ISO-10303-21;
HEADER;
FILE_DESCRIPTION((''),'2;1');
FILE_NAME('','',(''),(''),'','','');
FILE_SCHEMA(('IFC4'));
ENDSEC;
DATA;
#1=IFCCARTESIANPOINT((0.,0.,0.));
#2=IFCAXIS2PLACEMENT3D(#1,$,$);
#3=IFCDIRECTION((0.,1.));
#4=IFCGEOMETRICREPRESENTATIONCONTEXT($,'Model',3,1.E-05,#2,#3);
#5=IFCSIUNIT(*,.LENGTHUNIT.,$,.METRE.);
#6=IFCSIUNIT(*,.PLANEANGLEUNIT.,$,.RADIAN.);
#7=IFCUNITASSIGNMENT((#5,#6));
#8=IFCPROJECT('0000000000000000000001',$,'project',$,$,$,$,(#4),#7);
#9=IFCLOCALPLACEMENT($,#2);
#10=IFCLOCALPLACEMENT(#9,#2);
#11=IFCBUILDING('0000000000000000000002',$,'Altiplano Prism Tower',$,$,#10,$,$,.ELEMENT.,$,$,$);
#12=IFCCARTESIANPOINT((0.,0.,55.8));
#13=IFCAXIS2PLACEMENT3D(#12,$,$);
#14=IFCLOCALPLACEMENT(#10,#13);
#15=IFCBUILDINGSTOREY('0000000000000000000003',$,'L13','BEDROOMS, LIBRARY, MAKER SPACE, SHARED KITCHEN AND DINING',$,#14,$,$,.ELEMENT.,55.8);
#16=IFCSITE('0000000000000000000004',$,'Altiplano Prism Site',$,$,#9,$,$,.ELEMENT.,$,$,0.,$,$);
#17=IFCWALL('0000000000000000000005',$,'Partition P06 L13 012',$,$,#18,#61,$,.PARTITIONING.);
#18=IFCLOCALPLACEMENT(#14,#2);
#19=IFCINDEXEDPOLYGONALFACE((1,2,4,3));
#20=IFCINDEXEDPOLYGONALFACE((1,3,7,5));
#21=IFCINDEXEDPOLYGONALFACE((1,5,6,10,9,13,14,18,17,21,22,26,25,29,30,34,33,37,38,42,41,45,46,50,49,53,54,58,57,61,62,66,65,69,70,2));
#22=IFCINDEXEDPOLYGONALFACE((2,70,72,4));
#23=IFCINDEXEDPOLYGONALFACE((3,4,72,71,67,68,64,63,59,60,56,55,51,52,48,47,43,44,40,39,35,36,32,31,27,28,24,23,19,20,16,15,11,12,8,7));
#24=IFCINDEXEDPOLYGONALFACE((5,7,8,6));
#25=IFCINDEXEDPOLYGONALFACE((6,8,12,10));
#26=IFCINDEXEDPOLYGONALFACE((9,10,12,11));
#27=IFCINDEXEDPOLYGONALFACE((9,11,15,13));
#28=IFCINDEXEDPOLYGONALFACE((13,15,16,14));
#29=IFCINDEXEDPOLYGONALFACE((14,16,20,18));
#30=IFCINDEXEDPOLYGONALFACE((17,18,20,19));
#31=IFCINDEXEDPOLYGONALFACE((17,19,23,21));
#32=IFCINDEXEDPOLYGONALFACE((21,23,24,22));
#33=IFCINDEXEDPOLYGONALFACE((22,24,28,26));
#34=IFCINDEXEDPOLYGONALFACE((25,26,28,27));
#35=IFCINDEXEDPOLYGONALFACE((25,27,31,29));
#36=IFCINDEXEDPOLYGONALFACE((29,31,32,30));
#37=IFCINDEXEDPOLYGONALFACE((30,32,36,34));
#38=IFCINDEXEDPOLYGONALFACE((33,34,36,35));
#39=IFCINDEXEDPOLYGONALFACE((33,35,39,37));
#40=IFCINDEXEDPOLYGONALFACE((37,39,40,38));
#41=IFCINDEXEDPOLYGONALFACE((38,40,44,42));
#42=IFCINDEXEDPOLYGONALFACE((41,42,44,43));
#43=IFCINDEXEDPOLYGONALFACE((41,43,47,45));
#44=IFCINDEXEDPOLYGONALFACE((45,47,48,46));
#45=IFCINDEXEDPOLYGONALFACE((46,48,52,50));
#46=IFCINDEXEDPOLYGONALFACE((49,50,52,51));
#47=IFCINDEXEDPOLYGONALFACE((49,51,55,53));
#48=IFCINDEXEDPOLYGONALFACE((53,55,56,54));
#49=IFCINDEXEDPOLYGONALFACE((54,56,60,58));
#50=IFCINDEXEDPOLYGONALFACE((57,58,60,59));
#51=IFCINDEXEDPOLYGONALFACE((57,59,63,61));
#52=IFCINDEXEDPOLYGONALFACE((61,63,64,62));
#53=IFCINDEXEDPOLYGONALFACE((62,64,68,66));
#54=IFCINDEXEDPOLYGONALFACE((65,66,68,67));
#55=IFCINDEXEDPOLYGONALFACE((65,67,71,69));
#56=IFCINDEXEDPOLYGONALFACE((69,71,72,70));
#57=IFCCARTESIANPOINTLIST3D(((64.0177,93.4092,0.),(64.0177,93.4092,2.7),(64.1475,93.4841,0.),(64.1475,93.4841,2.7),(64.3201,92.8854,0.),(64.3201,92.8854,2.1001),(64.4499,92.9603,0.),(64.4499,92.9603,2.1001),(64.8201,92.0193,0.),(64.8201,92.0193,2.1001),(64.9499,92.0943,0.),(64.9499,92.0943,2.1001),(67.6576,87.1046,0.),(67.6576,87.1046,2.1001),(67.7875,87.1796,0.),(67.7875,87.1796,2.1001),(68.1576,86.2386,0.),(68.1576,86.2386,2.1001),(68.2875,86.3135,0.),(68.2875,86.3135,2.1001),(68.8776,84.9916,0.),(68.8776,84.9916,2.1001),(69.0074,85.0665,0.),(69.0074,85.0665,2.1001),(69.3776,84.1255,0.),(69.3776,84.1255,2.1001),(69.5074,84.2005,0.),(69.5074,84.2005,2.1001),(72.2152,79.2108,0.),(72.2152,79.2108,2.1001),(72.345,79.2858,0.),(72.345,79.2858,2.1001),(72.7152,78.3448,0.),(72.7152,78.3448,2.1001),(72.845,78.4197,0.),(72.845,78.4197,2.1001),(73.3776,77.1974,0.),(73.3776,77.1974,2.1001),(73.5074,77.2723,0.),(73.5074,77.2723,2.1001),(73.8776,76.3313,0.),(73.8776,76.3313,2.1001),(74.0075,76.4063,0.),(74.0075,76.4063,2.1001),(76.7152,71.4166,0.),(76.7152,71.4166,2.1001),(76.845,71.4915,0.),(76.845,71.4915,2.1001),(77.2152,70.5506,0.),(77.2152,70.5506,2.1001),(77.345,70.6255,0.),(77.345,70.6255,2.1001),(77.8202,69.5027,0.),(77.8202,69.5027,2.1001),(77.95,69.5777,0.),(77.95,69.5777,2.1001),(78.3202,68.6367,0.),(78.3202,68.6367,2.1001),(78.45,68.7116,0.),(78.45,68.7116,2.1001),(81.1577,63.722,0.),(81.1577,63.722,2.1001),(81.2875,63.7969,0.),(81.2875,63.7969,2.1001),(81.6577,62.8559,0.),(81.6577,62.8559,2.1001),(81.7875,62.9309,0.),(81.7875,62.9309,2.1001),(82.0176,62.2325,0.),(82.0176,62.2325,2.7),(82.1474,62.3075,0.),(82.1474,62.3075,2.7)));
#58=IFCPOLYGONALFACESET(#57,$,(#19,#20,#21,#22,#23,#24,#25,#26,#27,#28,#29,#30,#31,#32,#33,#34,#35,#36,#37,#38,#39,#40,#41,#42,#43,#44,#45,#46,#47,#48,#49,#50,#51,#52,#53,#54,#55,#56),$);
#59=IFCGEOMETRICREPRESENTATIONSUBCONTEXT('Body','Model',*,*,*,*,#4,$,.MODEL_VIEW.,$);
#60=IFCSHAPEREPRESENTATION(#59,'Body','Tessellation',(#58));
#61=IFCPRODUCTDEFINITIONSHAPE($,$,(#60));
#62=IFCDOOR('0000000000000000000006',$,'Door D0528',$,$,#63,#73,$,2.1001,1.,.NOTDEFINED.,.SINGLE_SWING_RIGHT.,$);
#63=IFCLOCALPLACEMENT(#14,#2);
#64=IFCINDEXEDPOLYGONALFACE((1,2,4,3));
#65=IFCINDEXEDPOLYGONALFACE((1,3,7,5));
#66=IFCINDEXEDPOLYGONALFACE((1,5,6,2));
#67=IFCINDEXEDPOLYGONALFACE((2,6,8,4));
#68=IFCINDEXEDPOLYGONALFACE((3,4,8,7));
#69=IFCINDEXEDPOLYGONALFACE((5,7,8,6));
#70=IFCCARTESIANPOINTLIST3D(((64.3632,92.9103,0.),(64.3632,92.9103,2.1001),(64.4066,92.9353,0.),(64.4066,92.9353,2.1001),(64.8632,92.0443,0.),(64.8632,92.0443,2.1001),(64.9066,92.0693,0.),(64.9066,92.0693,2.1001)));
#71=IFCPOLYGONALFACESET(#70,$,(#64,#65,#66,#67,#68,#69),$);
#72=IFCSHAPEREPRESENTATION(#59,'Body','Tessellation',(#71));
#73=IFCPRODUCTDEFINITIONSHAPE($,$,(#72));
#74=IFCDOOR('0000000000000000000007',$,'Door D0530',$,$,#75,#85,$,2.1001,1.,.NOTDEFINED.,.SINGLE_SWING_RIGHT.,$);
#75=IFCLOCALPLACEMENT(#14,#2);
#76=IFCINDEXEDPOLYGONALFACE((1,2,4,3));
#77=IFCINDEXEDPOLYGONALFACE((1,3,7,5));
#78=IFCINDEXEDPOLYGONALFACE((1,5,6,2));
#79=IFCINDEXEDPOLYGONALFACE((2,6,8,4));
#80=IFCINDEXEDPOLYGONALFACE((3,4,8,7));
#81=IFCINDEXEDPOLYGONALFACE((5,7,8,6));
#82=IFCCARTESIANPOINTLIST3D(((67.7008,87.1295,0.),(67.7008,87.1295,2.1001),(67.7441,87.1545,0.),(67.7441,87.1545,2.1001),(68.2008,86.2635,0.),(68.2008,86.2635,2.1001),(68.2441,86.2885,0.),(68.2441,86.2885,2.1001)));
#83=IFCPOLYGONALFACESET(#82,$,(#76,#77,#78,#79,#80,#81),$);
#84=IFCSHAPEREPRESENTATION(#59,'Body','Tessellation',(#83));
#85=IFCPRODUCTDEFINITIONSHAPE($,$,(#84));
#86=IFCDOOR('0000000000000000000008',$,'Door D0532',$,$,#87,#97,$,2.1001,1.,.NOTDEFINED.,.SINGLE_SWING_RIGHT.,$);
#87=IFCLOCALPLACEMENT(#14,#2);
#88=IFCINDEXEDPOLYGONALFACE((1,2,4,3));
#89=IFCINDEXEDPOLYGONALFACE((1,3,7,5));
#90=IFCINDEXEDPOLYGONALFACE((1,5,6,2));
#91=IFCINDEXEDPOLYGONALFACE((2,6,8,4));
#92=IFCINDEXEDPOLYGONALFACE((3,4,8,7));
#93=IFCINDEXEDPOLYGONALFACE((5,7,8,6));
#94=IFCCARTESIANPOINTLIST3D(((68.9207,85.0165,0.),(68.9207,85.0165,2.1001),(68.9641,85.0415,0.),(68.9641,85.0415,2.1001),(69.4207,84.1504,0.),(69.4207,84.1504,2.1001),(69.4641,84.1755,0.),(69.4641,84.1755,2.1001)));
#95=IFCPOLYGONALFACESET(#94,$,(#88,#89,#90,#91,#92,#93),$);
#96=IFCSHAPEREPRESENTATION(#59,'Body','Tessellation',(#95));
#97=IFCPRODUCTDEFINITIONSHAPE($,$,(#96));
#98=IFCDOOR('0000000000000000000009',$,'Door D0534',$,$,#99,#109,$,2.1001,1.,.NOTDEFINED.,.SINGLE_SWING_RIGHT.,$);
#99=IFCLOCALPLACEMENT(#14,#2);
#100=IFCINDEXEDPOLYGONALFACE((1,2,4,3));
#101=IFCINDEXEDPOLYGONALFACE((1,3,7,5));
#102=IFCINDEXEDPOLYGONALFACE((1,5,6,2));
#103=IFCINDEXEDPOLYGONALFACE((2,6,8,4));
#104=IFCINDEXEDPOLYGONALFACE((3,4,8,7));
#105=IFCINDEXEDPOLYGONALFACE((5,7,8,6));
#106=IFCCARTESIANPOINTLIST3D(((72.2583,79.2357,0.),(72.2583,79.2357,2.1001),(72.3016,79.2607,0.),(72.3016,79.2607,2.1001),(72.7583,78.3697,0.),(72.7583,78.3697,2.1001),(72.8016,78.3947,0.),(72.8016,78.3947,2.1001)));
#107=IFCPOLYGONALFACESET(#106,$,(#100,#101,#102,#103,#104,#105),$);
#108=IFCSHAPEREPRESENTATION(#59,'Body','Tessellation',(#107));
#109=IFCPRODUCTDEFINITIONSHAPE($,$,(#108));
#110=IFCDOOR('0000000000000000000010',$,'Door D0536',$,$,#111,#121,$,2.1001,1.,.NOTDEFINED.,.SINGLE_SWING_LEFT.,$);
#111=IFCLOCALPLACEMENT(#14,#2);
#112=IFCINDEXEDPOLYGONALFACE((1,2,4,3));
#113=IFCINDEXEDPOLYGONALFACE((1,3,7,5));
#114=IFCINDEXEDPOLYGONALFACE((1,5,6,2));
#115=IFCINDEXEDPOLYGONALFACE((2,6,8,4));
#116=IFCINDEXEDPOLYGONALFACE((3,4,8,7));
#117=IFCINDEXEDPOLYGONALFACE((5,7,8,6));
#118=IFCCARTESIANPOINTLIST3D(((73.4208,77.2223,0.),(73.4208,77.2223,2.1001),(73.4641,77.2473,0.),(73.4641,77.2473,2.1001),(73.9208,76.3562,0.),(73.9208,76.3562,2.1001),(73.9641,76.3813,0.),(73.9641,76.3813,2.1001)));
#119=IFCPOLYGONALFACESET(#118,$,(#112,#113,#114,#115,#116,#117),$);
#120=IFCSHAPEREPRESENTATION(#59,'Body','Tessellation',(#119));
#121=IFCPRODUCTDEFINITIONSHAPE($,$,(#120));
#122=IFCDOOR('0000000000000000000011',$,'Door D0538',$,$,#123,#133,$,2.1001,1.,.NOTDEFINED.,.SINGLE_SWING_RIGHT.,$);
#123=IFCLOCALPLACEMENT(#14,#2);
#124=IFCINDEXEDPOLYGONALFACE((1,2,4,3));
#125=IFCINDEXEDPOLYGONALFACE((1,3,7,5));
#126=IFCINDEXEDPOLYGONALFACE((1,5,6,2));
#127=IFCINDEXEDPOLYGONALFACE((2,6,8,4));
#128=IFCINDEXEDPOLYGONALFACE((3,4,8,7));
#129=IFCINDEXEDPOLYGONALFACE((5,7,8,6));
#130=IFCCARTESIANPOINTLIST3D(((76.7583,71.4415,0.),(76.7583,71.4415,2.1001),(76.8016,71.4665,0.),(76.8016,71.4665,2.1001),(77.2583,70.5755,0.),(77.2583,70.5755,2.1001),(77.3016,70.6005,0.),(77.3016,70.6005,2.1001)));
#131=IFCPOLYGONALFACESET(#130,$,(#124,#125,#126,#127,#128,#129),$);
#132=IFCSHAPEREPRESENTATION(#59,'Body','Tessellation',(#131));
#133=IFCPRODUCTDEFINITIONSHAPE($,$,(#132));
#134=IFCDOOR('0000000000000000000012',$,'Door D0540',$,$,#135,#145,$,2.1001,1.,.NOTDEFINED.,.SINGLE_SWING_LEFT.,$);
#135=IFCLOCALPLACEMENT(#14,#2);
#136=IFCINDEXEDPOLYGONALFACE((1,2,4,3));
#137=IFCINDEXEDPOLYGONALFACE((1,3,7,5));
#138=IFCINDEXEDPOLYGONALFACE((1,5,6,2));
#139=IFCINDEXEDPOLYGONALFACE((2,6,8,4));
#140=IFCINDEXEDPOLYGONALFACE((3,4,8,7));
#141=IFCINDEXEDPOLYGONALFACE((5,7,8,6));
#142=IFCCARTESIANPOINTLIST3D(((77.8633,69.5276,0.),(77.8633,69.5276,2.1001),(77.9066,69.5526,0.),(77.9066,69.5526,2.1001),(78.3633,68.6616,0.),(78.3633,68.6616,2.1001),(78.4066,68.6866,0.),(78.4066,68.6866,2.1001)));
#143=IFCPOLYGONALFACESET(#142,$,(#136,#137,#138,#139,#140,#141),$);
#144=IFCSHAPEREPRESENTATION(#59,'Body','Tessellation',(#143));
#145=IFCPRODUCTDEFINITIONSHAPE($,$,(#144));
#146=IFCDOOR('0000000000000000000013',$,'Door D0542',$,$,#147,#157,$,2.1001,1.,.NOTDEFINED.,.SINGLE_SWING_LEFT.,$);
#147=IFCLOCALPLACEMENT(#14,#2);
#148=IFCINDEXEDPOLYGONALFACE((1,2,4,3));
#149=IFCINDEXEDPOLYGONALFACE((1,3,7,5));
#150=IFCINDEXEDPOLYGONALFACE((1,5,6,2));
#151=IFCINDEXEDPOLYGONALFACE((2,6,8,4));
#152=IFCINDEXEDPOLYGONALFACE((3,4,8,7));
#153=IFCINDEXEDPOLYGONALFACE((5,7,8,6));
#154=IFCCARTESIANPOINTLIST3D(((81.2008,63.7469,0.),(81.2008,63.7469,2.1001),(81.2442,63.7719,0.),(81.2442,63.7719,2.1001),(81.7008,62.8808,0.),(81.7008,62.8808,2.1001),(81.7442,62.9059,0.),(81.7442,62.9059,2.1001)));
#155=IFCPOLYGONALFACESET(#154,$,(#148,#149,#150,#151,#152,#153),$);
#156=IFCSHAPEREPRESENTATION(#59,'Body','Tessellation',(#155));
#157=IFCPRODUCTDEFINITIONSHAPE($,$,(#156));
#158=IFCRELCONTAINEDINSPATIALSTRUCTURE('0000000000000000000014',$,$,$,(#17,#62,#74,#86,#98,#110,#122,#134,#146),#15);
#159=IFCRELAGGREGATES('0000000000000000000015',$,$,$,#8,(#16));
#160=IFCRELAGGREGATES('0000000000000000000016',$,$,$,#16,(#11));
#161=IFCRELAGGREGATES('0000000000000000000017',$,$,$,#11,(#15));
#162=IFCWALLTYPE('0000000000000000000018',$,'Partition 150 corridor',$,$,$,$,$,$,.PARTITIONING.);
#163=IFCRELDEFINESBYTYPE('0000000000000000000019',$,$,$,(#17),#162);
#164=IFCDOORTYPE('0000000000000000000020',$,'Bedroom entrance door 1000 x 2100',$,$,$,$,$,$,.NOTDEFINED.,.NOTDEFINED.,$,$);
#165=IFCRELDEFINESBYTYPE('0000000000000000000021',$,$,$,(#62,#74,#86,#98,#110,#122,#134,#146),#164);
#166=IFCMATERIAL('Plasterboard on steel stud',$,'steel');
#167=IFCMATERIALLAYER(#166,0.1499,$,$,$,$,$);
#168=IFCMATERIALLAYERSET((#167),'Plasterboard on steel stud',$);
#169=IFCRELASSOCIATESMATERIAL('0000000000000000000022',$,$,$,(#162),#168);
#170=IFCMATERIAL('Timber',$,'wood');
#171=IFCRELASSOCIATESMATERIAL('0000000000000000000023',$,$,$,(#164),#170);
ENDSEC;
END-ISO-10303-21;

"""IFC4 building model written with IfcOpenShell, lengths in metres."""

from ifc_helpers import new_model, si_unit, direction, frame, frame_2d, origin, place, context, subcontext, project, spatial, rectangle, extrude, material, layer, layer_set, type_object, element, fill, save


model = new_model("IFC4")

# Units and contexts
model_context = context("Model", 3, precision=1e-05, world=origin(), true_north=direction((0.0, 1.0)))
body_context = subcontext(model_context, "Body", "Model", "MODEL_VIEW")
ifc_project = project(units=[si_unit("LENGTHUNIT", "METRE"), si_unit("PLANEANGLEUNIT", "RADIAN")], contexts=[model_context])

# Site, building, storey
site_placement = place(None, origin())
site = spatial("IfcSite", under=ifc_project, at=site_placement, Name="Altiplano Prism Site", CompositionType="ELEMENT", RefElevation=0.0)
building_placement = place(site_placement, origin())
building = spatial("IfcBuilding", under=site, at=building_placement, Name="Altiplano Prism Tower", CompositionType="ELEMENT")
storey_placement = place(building_placement, frame((0.0, 0.0, 55.8)))
storey = spatial("IfcBuildingStorey", under=building, at=storey_placement, Name="L13", Description="BEDROOMS, LIBRARY, MAKER SPACE, SHARED KITCHEN AND DINING", CompositionType="ELEMENT", Elevation=55.8)

# Shared definitions
ifc_material_1 = material(Name="Plasterboard on steel stud", Category="steel")

# Shared definitions
ifc_material_2 = material(Name="Timber", Category="wood")
ifc_layer_1 = layer(ifc_material_1, 0.1499)
ifc_layer_set_1 = layer_set([ifc_layer_1], Name="Plasterboard on steel stud")
wall_type_1 = type_object("IfcWallType", Name="Partition 150 corridor", PredefinedType="PARTITIONING", material=ifc_layer_set_1)

# Wall, openings, doors
wall_1_placement = place(storey_placement, frame((64.0825, 93.4468, 0.0), z_axis=(0.0, 0.0, 1.0), x_axis=(0.500002, -0.866024, 0.0)))
wall_1 = element("IfcWall", 1, at=wall_1_placement, inside=storey, type_object=wall_type_1, Name="Partition P06 L13 012", PredefinedType="PARTITIONING", context=body_context, shape_type="SweptSolid", body=[
    extrude(rectangle(XDim=35.9998, YDim=0.1499, at=frame_2d((18.0, 0.0))), origin(), (0.0, 0.0, 1.0), 2.7),
])
opening_1_placement = place(wall_1_placement, frame((0.605, 0.0, 0.0)))
opening_1 = element("IfcOpeningElement", 2, at=opening_1_placement, cuts=wall_1, PredefinedType="OPENING", context=body_context, shape_type="SweptSolid", body=[
    extrude(rectangle(XDim=1.0, YDim=2.1001, at=frame_2d((0.5, 1.05))), frame((0.0, 0.0854, 0.0), z_axis=(0.0, -1.0, 0.0), x_axis=(1.0, 0.0, 0.0)), (0.0, 0.0, 1.0), 0.1709),
])
opening_2_placement = place(wall_1_placement, frame((7.28, 0.0, 0.0)))
opening_2 = element("IfcOpeningElement", 3, at=opening_2_placement, cuts=wall_1, PredefinedType="OPENING", context=body_context, shape_type="SweptSolid", body=[
    extrude(rectangle(XDim=1.0, YDim=2.1001, at=frame_2d((0.5, 1.05))), frame((0.0, 0.0854, 0.0), z_axis=(0.0, -1.0, 0.0), x_axis=(1.0, 0.0, 0.0)), (0.0, 0.0, 1.0), 0.1709),
])
opening_3_placement = place(wall_1_placement, frame((9.72, 0.0, 0.0)))
opening_3 = element("IfcOpeningElement", 4, at=opening_3_placement, cuts=wall_1, PredefinedType="OPENING", context=body_context, shape_type="SweptSolid", body=[
    extrude(rectangle(XDim=1.0, YDim=2.1001, at=frame_2d((0.5, 1.05))), frame((0.0, 0.0854, 0.0), z_axis=(0.0, -1.0, 0.0), x_axis=(1.0, 0.0, 0.0)), (0.0, 0.0, 1.0), 0.1709),
])
opening_4_placement = place(wall_1_placement, frame((16.395, 0.0, 0.0)))
opening_4 = element("IfcOpeningElement", 5, at=opening_4_placement, cuts=wall_1, PredefinedType="OPENING", context=body_context, shape_type="SweptSolid", body=[
    extrude(rectangle(XDim=1.0, YDim=2.1001, at=frame_2d((0.5, 1.05))), frame((0.0, 0.0854, 0.0), z_axis=(0.0, -1.0, 0.0), x_axis=(1.0, 0.0, 0.0)), (0.0, 0.0, 1.0), 0.1709),
])
opening_5_placement = place(wall_1_placement, frame((18.72, 0.0, 0.0)))
opening_5 = element("IfcOpeningElement", 6, at=opening_5_placement, cuts=wall_1, PredefinedType="OPENING", context=body_context, shape_type="SweptSolid", body=[
    extrude(rectangle(XDim=1.0, YDim=2.1001, at=frame_2d((0.5, 1.05))), frame((0.0, 0.0854, 0.0), z_axis=(0.0, -1.0, 0.0), x_axis=(1.0, 0.0, 0.0)), (0.0, 0.0, 1.0), 0.1709),
])
opening_6_placement = place(wall_1_placement, frame((25.395, 0.0, 0.0)))
opening_6 = element("IfcOpeningElement", 7, at=opening_6_placement, cuts=wall_1, PredefinedType="OPENING", context=body_context, shape_type="SweptSolid", body=[
    extrude(rectangle(XDim=1.0, YDim=2.1001, at=frame_2d((0.5, 1.05))), frame((0.0, 0.0854, 0.0), z_axis=(0.0, -1.0, 0.0), x_axis=(1.0, 0.0, 0.0)), (0.0, 0.0, 1.0), 0.1709),
])
opening_7_placement = place(wall_1_placement, frame((27.605, 0.0, 0.0)))
opening_7 = element("IfcOpeningElement", 8, at=opening_7_placement, cuts=wall_1, PredefinedType="OPENING", context=body_context, shape_type="SweptSolid", body=[
    extrude(rectangle(XDim=1.0, YDim=2.1001, at=frame_2d((0.5, 1.05))), frame((0.0, 0.0854, 0.0), z_axis=(0.0, -1.0, 0.0), x_axis=(1.0, 0.0, 0.0)), (0.0, 0.0, 1.0), 0.1709),
])
opening_8_placement = place(wall_1_placement, frame((34.28, 0.0, 0.0)))
opening_8 = element("IfcOpeningElement", 9, at=opening_8_placement, cuts=wall_1, PredefinedType="OPENING", context=body_context, shape_type="SweptSolid", body=[
    extrude(rectangle(XDim=1.0, YDim=2.1001, at=frame_2d((0.5, 1.05))), frame((0.0, 0.0854, 0.0), z_axis=(0.0, -1.0, 0.0), x_axis=(1.0, 0.0, 0.0)), (0.0, 0.0, 1.0), 0.1709),
])
door_type_1 = type_object("IfcDoorType", Name="Bedroom entrance door 1000 x 2100", OperationType="NOTDEFINED", PredefinedType="NOTDEFINED", material=ifc_material_2)
door_1_placement = place(opening_1_placement, origin())
door_1 = element("IfcDoor", 10, at=door_1_placement, inside=storey, type_object=door_type_1, Name="Door D0528", OperationType="SINGLE_SWING_RIGHT", OverallHeight=2.1001, OverallWidth=1.0, PredefinedType="NOTDEFINED", context=body_context, shape_type="SweptSolid", body=[
    extrude(rectangle(XDim=1.0, YDim=2.1001, at=frame_2d((0.5, 1.05))), frame((0.0, 0.0249, 0.0), z_axis=(0.0, -1.0, 0.0), x_axis=(1.0, 0.0, 0.0)), (0.0, 0.0, 1.0), 0.05),
])
fill(opening_1, door_1)
door_2_placement = place(opening_2_placement, origin())
door_2 = element("IfcDoor", 11, at=door_2_placement, inside=storey, type_object=door_type_1, Name="Door D0530", OperationType="SINGLE_SWING_RIGHT", OverallHeight=2.1001, OverallWidth=1.0, PredefinedType="NOTDEFINED", context=body_context, shape_type="SweptSolid", body=[
    extrude(rectangle(XDim=1.0, YDim=2.1001, at=frame_2d((0.5, 1.05))), frame((0.0, 0.0249, 0.0), z_axis=(0.0, -1.0, 0.0), x_axis=(1.0, 0.0, 0.0)), (0.0, 0.0, 1.0), 0.05),
])
fill(opening_2, door_2)
door_3_placement = place(opening_3_placement, origin())
door_3 = element("IfcDoor", 12, at=door_3_placement, inside=storey, type_object=door_type_1, Name="Door D0532", OperationType="SINGLE_SWING_RIGHT", OverallHeight=2.1001, OverallWidth=1.0, PredefinedType="NOTDEFINED", context=body_context, shape_type="SweptSolid", body=[
    extrude(rectangle(XDim=1.0, YDim=2.1001, at=frame_2d((0.5, 1.05))), frame((0.0, 0.0249, 0.0), z_axis=(0.0, -1.0, 0.0), x_axis=(1.0, 0.0, 0.0)), (0.0, 0.0, 1.0), 0.05),
])
fill(opening_3, door_3)
door_4_placement = place(opening_4_placement, origin())
door_4 = element("IfcDoor", 13, at=door_4_placement, inside=storey, type_object=door_type_1, Name="Door D0534", OperationType="SINGLE_SWING_RIGHT", OverallHeight=2.1001, OverallWidth=1.0, PredefinedType="NOTDEFINED", context=body_context, shape_type="SweptSolid", body=[
    extrude(rectangle(XDim=1.0, YDim=2.1001, at=frame_2d((0.5, 1.05))), frame((0.0, 0.0249, 0.0), z_axis=(0.0, -1.0, 0.0), x_axis=(1.0, 0.0, 0.0)), (0.0, 0.0, 1.0), 0.05),
])
fill(opening_4, door_4)
door_5_placement = place(opening_5_placement, origin())
door_5 = element("IfcDoor", 14, at=door_5_placement, inside=storey, type_object=door_type_1, Name="Door D0536", OperationType="SINGLE_SWING_LEFT", OverallHeight=2.1001, OverallWidth=1.0, PredefinedType="NOTDEFINED", context=body_context, shape_type="SweptSolid", body=[
    extrude(rectangle(XDim=1.0, YDim=2.1001, at=frame_2d((0.5, 1.05))), frame((0.0, 0.0249, 0.0), z_axis=(0.0, -1.0, 0.0), x_axis=(1.0, 0.0, 0.0)), (0.0, 0.0, 1.0), 0.05),
])
fill(opening_5, door_5)
door_6_placement = place(opening_6_placement, origin())
door_6 = element("IfcDoor", 15, at=door_6_placement, inside=storey, type_object=door_type_1, Name="Door D0538", OperationType="SINGLE_SWING_RIGHT", OverallHeight=2.1001, OverallWidth=1.0, PredefinedType="NOTDEFINED", context=body_context, shape_type="SweptSolid", body=[
    extrude(rectangle(XDim=1.0, YDim=2.1001, at=frame_2d((0.5, 1.05))), frame((0.0, 0.0249, 0.0), z_axis=(0.0, -1.0, 0.0), x_axis=(1.0, 0.0, 0.0)), (0.0, 0.0, 1.0), 0.05),
])
fill(opening_6, door_6)
door_7_placement = place(opening_7_placement, origin())
door_7 = element("IfcDoor", 16, at=door_7_placement, inside=storey, type_object=door_type_1, Name="Door D0540", OperationType="SINGLE_SWING_LEFT", OverallHeight=2.1001, OverallWidth=1.0, PredefinedType="NOTDEFINED", context=body_context, shape_type="SweptSolid", body=[
    extrude(rectangle(XDim=1.0, YDim=2.1001, at=frame_2d((0.5, 1.05))), frame((0.0, 0.0249, 0.0), z_axis=(0.0, -1.0, 0.0), x_axis=(1.0, 0.0, 0.0)), (0.0, 0.0, 1.0), 0.05),
])
fill(opening_7, door_7)
door_8_placement = place(opening_8_placement, origin())
door_8 = element("IfcDoor", 17, at=door_8_placement, inside=storey, type_object=door_type_1, Name="Door D0542", OperationType="SINGLE_SWING_LEFT", OverallHeight=2.1001, OverallWidth=1.0, PredefinedType="NOTDEFINED", context=body_context, shape_type="SweptSolid", body=[
    extrude(rectangle(XDim=1.0, YDim=2.1001, at=frame_2d((0.5, 1.05))), frame((0.0, 0.0249, 0.0), z_axis=(0.0, -1.0, 0.0), x_axis=(1.0, 0.0, 0.0)), (0.0, 0.0, 1.0), 0.05),
])
fill(opening_8, door_8)

save(model, "model.ifc")
